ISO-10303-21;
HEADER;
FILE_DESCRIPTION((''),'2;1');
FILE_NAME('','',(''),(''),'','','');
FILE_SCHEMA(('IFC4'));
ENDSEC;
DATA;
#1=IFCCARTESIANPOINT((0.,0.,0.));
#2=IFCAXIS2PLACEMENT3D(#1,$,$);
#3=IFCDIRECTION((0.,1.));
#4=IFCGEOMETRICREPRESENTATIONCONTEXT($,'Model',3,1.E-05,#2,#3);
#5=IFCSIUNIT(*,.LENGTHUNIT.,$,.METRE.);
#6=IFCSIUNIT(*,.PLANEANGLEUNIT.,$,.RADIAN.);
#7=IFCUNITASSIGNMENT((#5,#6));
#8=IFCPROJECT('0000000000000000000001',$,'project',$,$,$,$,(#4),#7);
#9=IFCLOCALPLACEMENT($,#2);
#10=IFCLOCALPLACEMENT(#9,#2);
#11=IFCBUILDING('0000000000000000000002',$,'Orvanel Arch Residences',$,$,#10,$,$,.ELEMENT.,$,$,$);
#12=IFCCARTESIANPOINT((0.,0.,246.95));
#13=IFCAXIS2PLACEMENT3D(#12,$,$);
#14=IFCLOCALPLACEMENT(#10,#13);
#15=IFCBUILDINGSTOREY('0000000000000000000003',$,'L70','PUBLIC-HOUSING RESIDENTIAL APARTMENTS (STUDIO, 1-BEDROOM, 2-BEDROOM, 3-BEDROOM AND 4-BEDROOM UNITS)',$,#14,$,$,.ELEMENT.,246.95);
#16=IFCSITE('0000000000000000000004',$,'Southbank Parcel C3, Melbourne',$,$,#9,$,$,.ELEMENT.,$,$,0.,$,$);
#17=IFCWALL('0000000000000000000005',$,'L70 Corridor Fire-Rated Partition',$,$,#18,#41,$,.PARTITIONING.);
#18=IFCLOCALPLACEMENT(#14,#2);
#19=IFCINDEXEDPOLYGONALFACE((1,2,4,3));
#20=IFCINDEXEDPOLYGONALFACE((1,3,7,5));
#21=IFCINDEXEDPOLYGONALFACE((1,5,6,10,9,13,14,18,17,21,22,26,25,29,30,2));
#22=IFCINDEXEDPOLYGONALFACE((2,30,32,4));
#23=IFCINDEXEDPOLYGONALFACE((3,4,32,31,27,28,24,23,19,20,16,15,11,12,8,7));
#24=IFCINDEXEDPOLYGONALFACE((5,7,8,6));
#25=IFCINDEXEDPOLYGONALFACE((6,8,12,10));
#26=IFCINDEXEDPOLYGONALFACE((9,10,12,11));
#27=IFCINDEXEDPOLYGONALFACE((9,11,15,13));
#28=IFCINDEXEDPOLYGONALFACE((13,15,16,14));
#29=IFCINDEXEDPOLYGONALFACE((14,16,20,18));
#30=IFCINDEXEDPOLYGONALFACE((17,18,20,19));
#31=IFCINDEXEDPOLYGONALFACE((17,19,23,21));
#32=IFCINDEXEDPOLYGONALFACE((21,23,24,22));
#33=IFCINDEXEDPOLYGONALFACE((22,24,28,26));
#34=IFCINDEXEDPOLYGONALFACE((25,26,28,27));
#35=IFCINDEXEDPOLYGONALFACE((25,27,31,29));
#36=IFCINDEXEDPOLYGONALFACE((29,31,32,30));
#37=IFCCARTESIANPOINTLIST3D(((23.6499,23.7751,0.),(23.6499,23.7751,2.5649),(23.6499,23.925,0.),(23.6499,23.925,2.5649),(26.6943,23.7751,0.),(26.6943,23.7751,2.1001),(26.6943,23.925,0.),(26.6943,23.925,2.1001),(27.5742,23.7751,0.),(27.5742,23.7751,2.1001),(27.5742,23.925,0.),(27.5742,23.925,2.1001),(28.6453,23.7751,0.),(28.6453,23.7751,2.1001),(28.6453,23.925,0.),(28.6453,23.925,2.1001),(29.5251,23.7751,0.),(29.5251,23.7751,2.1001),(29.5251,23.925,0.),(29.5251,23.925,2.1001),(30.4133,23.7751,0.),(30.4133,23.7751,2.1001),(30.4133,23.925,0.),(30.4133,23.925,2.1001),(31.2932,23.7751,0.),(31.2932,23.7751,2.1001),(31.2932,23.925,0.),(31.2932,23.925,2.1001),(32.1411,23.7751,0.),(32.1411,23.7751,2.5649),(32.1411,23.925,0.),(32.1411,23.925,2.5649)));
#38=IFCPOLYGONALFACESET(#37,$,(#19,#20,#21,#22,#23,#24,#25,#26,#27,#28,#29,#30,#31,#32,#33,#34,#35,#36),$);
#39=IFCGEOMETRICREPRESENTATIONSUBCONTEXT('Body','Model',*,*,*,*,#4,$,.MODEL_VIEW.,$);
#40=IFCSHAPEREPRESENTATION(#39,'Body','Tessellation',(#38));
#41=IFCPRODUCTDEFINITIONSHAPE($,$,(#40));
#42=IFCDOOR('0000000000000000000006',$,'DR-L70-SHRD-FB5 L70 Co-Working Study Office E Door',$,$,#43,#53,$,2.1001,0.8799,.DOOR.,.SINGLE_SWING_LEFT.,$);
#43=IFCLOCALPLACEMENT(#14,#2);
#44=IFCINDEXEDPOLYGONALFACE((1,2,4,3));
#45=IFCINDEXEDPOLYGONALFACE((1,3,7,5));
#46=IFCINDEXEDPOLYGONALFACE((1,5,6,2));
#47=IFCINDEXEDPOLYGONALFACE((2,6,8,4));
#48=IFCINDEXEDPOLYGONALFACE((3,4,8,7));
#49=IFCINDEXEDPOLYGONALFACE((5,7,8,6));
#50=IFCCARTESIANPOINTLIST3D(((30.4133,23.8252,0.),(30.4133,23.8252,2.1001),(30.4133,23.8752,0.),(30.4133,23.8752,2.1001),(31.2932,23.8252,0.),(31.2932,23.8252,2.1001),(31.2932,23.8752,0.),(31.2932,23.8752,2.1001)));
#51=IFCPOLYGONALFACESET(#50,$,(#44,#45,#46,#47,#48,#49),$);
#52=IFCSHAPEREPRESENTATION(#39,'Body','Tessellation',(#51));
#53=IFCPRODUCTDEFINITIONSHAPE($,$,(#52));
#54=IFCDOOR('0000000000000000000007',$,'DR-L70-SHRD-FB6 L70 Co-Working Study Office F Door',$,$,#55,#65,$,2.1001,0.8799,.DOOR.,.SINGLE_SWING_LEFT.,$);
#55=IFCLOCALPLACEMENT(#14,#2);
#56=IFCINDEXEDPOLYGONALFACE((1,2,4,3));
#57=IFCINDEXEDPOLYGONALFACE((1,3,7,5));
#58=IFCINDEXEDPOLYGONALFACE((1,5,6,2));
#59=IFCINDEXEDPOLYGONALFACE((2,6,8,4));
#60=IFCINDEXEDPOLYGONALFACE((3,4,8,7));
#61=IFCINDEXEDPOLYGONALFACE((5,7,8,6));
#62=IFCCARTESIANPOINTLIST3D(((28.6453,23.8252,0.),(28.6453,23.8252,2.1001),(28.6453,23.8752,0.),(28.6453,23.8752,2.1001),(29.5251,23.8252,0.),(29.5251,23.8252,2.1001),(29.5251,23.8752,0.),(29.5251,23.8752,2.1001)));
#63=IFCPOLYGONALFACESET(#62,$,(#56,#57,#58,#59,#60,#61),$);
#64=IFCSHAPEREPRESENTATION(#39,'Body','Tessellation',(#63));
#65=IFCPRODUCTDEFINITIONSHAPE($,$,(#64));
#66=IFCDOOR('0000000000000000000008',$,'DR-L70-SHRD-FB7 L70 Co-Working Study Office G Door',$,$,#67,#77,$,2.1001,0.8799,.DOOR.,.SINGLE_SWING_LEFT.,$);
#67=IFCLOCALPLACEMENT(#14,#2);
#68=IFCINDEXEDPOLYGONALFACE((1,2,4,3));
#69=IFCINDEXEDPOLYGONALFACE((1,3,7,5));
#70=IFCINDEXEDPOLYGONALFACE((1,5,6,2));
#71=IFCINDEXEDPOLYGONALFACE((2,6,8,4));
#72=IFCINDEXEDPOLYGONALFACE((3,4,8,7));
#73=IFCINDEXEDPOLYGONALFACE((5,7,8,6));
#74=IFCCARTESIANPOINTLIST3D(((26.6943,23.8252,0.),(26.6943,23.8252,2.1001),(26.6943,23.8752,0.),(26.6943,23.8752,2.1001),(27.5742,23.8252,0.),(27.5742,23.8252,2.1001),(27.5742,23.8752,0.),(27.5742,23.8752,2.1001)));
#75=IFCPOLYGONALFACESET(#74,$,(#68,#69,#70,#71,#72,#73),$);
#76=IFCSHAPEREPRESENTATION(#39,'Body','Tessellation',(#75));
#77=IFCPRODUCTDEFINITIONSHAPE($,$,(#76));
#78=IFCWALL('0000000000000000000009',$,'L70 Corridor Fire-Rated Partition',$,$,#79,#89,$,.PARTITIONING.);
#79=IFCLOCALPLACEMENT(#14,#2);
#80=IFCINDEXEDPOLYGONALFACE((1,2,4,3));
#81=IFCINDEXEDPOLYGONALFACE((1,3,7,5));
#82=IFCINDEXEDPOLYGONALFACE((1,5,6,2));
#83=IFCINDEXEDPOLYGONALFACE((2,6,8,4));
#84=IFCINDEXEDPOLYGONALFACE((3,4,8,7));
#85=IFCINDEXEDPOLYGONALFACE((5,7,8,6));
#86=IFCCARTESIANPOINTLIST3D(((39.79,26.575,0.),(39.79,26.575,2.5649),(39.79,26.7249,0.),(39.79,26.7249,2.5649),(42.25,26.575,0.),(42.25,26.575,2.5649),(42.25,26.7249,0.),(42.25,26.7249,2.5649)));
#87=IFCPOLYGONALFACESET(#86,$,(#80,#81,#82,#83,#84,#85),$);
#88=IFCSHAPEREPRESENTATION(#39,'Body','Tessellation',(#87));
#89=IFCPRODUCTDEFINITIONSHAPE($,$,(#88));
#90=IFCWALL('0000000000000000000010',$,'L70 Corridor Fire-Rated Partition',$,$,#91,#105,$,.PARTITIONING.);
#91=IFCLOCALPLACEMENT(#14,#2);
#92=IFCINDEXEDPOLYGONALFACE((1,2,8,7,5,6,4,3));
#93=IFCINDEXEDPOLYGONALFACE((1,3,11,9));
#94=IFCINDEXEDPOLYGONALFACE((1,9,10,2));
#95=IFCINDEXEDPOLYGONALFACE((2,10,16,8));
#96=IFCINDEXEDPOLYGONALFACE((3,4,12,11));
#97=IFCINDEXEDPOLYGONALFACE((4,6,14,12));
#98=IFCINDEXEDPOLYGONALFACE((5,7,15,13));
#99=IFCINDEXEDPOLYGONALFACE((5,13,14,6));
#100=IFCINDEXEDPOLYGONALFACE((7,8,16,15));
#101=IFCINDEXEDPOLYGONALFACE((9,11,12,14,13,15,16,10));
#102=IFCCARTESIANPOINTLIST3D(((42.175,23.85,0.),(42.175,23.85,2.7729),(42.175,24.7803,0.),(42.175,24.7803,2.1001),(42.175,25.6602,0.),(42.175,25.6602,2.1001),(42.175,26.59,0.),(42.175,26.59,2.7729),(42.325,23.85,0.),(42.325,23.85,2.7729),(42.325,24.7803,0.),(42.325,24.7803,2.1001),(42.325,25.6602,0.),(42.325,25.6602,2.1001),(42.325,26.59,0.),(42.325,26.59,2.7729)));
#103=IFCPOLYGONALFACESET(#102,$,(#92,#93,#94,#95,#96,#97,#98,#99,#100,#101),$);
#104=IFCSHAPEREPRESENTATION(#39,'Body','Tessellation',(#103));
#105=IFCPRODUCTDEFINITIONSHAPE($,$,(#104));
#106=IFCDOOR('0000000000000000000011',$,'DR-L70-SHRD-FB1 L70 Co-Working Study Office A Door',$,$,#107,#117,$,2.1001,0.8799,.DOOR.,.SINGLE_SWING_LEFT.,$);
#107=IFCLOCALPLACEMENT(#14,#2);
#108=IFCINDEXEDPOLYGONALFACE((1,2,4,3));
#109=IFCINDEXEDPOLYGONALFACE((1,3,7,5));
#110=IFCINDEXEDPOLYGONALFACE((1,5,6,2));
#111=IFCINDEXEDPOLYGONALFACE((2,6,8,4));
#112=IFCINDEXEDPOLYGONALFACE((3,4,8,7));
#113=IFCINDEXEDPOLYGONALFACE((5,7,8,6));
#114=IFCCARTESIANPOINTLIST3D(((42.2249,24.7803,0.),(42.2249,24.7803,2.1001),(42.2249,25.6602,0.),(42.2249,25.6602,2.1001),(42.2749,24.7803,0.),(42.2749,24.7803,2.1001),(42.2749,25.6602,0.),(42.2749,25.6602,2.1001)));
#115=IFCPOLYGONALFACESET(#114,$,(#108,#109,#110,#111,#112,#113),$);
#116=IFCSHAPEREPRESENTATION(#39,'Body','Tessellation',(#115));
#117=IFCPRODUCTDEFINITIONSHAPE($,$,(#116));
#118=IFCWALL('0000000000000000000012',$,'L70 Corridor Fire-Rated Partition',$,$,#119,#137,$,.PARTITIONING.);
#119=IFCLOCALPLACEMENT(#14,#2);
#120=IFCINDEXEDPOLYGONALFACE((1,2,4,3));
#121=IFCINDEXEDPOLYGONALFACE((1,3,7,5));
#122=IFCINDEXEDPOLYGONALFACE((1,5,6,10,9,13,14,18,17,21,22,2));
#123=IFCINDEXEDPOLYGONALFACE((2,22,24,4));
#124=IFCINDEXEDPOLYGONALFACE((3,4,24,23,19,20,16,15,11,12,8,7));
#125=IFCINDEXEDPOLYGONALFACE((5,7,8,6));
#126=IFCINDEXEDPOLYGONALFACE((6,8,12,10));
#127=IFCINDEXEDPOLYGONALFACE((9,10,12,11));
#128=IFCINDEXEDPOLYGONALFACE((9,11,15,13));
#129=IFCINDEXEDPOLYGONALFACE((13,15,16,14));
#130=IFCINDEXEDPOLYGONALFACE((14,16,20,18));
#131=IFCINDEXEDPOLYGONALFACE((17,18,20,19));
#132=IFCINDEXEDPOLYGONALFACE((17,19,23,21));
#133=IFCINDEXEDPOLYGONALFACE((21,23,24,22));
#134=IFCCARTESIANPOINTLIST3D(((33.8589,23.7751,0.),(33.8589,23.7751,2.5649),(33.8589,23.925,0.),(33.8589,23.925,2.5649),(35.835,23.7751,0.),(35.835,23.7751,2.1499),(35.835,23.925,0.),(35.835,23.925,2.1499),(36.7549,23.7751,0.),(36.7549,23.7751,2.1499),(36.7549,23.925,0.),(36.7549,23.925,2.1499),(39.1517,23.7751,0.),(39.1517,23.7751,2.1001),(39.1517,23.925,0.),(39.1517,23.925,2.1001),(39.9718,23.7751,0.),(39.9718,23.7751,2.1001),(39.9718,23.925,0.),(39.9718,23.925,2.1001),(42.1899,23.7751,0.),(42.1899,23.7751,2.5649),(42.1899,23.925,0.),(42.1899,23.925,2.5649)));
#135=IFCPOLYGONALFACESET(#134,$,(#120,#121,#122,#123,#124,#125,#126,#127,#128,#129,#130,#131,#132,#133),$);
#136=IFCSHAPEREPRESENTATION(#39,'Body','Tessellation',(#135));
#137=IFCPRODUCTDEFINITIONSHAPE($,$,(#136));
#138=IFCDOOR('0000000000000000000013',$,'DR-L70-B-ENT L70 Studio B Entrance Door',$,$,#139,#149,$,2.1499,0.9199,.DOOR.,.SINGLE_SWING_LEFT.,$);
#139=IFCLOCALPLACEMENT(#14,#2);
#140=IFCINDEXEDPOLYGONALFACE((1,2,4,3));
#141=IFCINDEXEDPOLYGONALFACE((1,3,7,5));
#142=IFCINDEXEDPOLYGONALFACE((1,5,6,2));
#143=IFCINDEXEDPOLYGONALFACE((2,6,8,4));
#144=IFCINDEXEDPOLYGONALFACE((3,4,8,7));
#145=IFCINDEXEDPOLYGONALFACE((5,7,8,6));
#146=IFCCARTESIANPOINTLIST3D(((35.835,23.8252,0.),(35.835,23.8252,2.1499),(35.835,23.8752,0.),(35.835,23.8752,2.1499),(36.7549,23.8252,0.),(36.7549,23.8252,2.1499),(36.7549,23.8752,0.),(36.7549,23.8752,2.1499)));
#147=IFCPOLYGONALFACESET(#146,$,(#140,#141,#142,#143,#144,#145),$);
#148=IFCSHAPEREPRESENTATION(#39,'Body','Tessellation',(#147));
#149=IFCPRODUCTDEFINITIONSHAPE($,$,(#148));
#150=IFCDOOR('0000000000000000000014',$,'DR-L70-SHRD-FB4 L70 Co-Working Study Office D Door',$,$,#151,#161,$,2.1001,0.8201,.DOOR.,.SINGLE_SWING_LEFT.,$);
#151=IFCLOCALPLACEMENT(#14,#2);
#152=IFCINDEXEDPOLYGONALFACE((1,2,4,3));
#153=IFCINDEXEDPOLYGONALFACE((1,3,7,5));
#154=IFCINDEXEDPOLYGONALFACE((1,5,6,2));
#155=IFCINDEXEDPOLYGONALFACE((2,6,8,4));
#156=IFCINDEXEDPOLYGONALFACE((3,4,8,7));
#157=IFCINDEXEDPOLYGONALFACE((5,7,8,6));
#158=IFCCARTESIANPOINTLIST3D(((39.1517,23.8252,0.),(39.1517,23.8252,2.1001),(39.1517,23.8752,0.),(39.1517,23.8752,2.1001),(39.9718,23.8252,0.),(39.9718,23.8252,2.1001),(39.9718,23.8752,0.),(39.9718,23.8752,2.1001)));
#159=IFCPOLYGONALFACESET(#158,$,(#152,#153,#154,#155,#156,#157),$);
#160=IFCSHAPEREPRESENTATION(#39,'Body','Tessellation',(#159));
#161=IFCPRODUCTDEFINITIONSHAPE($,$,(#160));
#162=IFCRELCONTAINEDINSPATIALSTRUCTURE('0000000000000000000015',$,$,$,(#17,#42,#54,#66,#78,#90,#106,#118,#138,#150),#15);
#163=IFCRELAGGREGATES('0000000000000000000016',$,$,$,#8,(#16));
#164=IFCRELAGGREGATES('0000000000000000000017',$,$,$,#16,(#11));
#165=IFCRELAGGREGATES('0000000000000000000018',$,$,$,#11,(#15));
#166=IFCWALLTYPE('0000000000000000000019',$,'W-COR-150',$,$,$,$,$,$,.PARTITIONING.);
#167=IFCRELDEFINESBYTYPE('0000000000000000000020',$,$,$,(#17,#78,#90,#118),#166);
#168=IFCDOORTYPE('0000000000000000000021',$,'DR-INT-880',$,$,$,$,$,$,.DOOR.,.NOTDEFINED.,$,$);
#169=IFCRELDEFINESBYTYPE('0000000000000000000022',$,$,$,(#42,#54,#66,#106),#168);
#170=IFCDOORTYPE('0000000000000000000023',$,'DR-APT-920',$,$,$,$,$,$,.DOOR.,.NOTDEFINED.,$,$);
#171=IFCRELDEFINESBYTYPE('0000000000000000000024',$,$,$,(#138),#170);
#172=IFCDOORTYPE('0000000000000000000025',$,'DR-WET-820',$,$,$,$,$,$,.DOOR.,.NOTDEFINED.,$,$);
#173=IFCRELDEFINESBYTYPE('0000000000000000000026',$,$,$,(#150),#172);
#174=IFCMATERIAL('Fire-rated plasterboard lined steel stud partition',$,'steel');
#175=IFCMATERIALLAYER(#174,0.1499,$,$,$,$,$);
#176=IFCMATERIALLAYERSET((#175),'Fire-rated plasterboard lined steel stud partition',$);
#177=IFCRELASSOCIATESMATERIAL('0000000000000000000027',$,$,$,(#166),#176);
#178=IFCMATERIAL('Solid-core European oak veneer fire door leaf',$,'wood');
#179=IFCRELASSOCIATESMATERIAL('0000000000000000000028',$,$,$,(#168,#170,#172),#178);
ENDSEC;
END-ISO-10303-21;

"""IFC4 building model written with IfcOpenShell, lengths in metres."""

from ifc_helpers import new_model, si_unit, direction, frame, frame_2d, origin, place, context, subcontext, project, spatial, rectangle, extrude, material, layer, layer_set, type_object, element, fill, save


model = new_model("IFC4")

# Units and contexts
model_context = context("Model", 3, precision=1e-05, world=origin(), true_north=direction((0.0, 1.0)))
body_context = subcontext(model_context, "Body", "Model", "MODEL_VIEW")
ifc_project = project(units=[si_unit("LENGTHUNIT", "METRE"), si_unit("PLANEANGLEUNIT", "RADIAN")], contexts=[model_context])

# Site, building, storey
site_placement = place(None, origin())
site = spatial("IfcSite", under=ifc_project, at=site_placement, Name="Southbank Parcel C3, Melbourne", CompositionType="ELEMENT", RefElevation=0.0)
building_placement = place(site_placement, origin())
building = spatial("IfcBuilding", under=site, at=building_placement, Name="Orvanel Arch Residences", CompositionType="ELEMENT")
storey_placement = place(building_placement, frame((0.0, 0.0, 246.95)))
storey = spatial("IfcBuildingStorey", under=building, at=storey_placement, Name="L70", Description="PUBLIC-HOUSING RESIDENTIAL APARTMENTS (STUDIO, 1-BEDROOM, 2-BEDROOM, 3-BEDROOM AND 4-BEDROOM UNITS)", CompositionType="ELEMENT", Elevation=246.95)

# Wall, openings, doors
ifc_material_1 = material(Name="Fire-rated plasterboard lined steel stud partition", Category="steel")
ifc_layer_1 = layer(ifc_material_1, 0.1499)
ifc_layer_set_1 = layer_set([ifc_layer_1], Name="Fire-rated plasterboard lined steel stud partition")
wall_type_1 = type_object("IfcWallType", Name="W-COR-150", PredefinedType="PARTITIONING", material=ifc_layer_set_1)
wall_1_placement = place(storey_placement, frame((32.1411, 23.8501, 0.0), z_axis=(0.0, 0.0, 1.0), x_axis=(-1.0, 0.0, 0.0)))
wall_1 = element("IfcWall", 1, at=wall_1_placement, inside=storey, type_object=wall_type_1, Name="L70 Corridor Fire-Rated Partition", PredefinedType="PARTITIONING", context=body_context, shape_type="SweptSolid", body=[
    extrude(rectangle(XDim=8.4912, YDim=0.1499, at=frame_2d((4.2456, 0.0))), origin(), (0.0, 0.0, 1.0), 2.5649),
])
opening_1_placement = place(wall_1_placement, frame((0.8479, 0.0, 0.0)))
opening_1 = element("IfcOpeningElement", 2, at=opening_1_placement, cuts=wall_1, PredefinedType="OPENING", context=body_context, shape_type="SweptSolid", body=[
    extrude(rectangle(XDim=0.8799, YDim=2.1001, at=frame_2d((0.4399, 1.05))), frame((0.0, 0.085, 0.0), z_axis=(0.0, -1.0, 0.0), x_axis=(1.0, 0.0, 0.0)), (0.0, 0.0, 1.0), 0.1699),
])
opening_2_placement = place(wall_1_placement, frame((2.616, 0.0, 0.0)))
opening_2 = element("IfcOpeningElement", 3, at=opening_2_placement, cuts=wall_1, PredefinedType="OPENING", context=body_context, shape_type="SweptSolid", body=[
    extrude(rectangle(XDim=0.8799, YDim=2.1001, at=frame_2d((0.4399, 1.05))), frame((0.0, 0.085, 0.0), z_axis=(0.0, -1.0, 0.0), x_axis=(1.0, 0.0, 0.0)), (0.0, 0.0, 1.0), 0.1699),
])
opening_3_placement = place(wall_1_placement, frame((4.5669, 0.0, 0.0)))
opening_3 = element("IfcOpeningElement", 4, at=opening_3_placement, cuts=wall_1, PredefinedType="OPENING", context=body_context, shape_type="SweptSolid", body=[
    extrude(rectangle(XDim=0.8799, YDim=2.1001, at=frame_2d((0.4399, 1.05))), frame((0.0, 0.085, 0.0), z_axis=(0.0, -1.0, 0.0), x_axis=(1.0, 0.0, 0.0)), (0.0, 0.0, 1.0), 0.1699),
])
ifc_material_2 = material(Name="Solid-core European oak veneer fire door leaf", Category="wood")
door_type_1 = type_object("IfcDoorType", Name="DR-INT-880", OperationType="NOTDEFINED", PredefinedType="DOOR", material=ifc_material_2)
door_1_placement = place(opening_1_placement, origin())
door_1 = element("IfcDoor", 5, at=door_1_placement, inside=storey, type_object=door_type_1, Name="DR-L70-SHRD-FB5 L70 Co-Working Study Office E Door", OperationType="SINGLE_SWING_LEFT", OverallHeight=2.1001, OverallWidth=0.8799, PredefinedType="DOOR", context=body_context, shape_type="SweptSolid", body=[
    extrude(rectangle(XDim=0.8799, YDim=2.1001, at=frame_2d((0.4399, 1.05))), frame((0.0, 0.0249, 0.0), z_axis=(0.0, -1.0, 0.0), x_axis=(1.0, 0.0, 0.0)), (0.0, 0.0, 1.0), 0.05),
])
fill(opening_1, door_1)
door_2_placement = place(opening_2_placement, origin())
door_2 = element("IfcDoor", 6, at=door_2_placement, inside=storey, type_object=door_type_1, Name="DR-L70-SHRD-FB6 L70 Co-Working Study Office F Door", OperationType="SINGLE_SWING_LEFT", OverallHeight=2.1001, OverallWidth=0.8799, PredefinedType="DOOR", context=body_context, shape_type="SweptSolid", body=[
    extrude(rectangle(XDim=0.8799, YDim=2.1001, at=frame_2d((0.4399, 1.05))), frame((0.0, 0.0249, 0.0), z_axis=(0.0, -1.0, 0.0), x_axis=(1.0, 0.0, 0.0)), (0.0, 0.0, 1.0), 0.05),
])
fill(opening_2, door_2)
door_3_placement = place(opening_3_placement, origin())
door_3 = element("IfcDoor", 7, at=door_3_placement, inside=storey, type_object=door_type_1, Name="DR-L70-SHRD-FB7 L70 Co-Working Study Office G Door", OperationType="SINGLE_SWING_LEFT", OverallHeight=2.1001, OverallWidth=0.8799, PredefinedType="DOOR", context=body_context, shape_type="SweptSolid", body=[
    extrude(rectangle(XDim=0.8799, YDim=2.1001, at=frame_2d((0.4399, 1.05))), frame((0.0, 0.0249, 0.0), z_axis=(0.0, -1.0, 0.0), x_axis=(1.0, 0.0, 0.0)), (0.0, 0.0, 1.0), 0.05),
])
fill(opening_3, door_3)

# Wall
wall_2_placement = place(storey_placement, frame((39.79, 26.6499, 0.0), z_axis=(0.0, 0.0, 1.0), x_axis=(1.0, 0.0, 0.0)))
element("IfcWall", 8, at=wall_2_placement, inside=storey, type_object=wall_type_1, Name="L70 Corridor Fire-Rated Partition", PredefinedType="PARTITIONING", context=body_context, shape_type="SweptSolid", body=[
    extrude(rectangle(XDim=2.46, YDim=0.1499, at=frame_2d((1.23, 0.0))), origin(), (0.0, 0.0, 1.0), 2.5649),
])

# Wall, opening, door
wall_3_placement = place(storey_placement, frame((42.25, 26.5901, 0.0), z_axis=(0.0, 0.0, 1.0), x_axis=(0.0, -1.0, 0.0)))
wall_3 = element("IfcWall", 9, at=wall_3_placement, inside=storey, type_object=wall_type_1, Name="L70 Corridor Fire-Rated Partition", PredefinedType="PARTITIONING", context=body_context, shape_type="SweptSolid", body=[
    extrude(rectangle(XDim=2.74, YDim=0.1499, at=frame_2d((1.3701, 0.0))), origin(), (0.0, 0.0, 1.0), 2.7729),
])
opening_4_placement = place(wall_3_placement, frame((0.9299, 0.0, 0.0)))
opening_4 = element("IfcOpeningElement", 10, at=opening_4_placement, cuts=wall_3, PredefinedType="OPENING", context=body_context, shape_type="SweptSolid", body=[
    extrude(rectangle(XDim=0.8799, YDim=2.1001, at=frame_2d((0.4399, 1.05))), frame((0.0, 0.085, 0.0), z_axis=(0.0, -1.0, 0.0), x_axis=(1.0, 0.0, 0.0)), (0.0, 0.0, 1.0), 0.1699),
])
door_4_placement = place(opening_4_placement, origin())
door_4 = element("IfcDoor", 11, at=door_4_placement, inside=storey, type_object=door_type_1, Name="DR-L70-SHRD-FB1 L70 Co-Working Study Office A Door", OperationType="SINGLE_SWING_LEFT", OverallHeight=2.1001, OverallWidth=0.8799, PredefinedType="DOOR", context=body_context, shape_type="SweptSolid", body=[
    extrude(rectangle(XDim=0.8799, YDim=2.1001, at=frame_2d((0.4399, 1.05))), frame((0.0, 0.0249, 0.0), z_axis=(0.0, -1.0, 0.0), x_axis=(1.0, 0.0, 0.0)), (0.0, 0.0, 1.0), 0.05),
])
fill(opening_4, door_4)

# Wall, openings, doors
wall_4_placement = place(storey_placement, frame((42.1899, 23.8501, 0.0), z_axis=(0.0, 0.0, 1.0), x_axis=(-1.0, 0.0, 0.0)))
wall_4 = element("IfcWall", 12, at=wall_4_placement, inside=storey, type_object=wall_type_1, Name="L70 Corridor Fire-Rated Partition", PredefinedType="PARTITIONING", context=body_context, shape_type="SweptSolid", body=[
    extrude(rectangle(XDim=8.3311, YDim=0.1499, at=frame_2d((4.1655, 0.0))), origin(), (0.0, 0.0, 1.0), 2.5649),
])
opening_5_placement = place(wall_4_placement, frame((5.4351, 0.0, 0.0)))
opening_5 = element("IfcOpeningElement", 13, at=opening_5_placement, cuts=wall_4, PredefinedType="OPENING", context=body_context, shape_type="SweptSolid", body=[
    extrude(rectangle(XDim=0.9199, YDim=2.1499, at=frame_2d((0.46, 1.075))), frame((0.0, 0.085, 0.0), z_axis=(0.0, -1.0, 0.0), x_axis=(1.0, 0.0, 0.0)), (0.0, 0.0, 1.0), 0.1699),
])
opening_6_placement = place(wall_4_placement, frame((2.218, 0.0, 0.0)))
opening_6 = element("IfcOpeningElement", 14, at=opening_6_placement, cuts=wall_4, PredefinedType="OPENING", context=body_context, shape_type="SweptSolid", body=[
    extrude(rectangle(XDim=0.8201, YDim=2.1001, at=frame_2d((0.4102, 1.05))), frame((0.0, 0.085, 0.0), z_axis=(0.0, -1.0, 0.0), x_axis=(1.0, 0.0, 0.0)), (0.0, 0.0, 1.0), 0.1699),
])
door_type_2 = type_object("IfcDoorType", Name="DR-APT-920", OperationType="NOTDEFINED", PredefinedType="DOOR", material=ifc_material_2)
door_5_placement = place(opening_5_placement, origin())
door_5 = element("IfcDoor", 15, at=door_5_placement, inside=storey, type_object=door_type_2, Name="DR-L70-B-ENT L70 Studio B Entrance Door", OperationType="SINGLE_SWING_LEFT", OverallHeight=2.1499, OverallWidth=0.9199, PredefinedType="DOOR", context=body_context, shape_type="SweptSolid", body=[
    extrude(rectangle(XDim=0.9199, YDim=2.1499, at=frame_2d((0.46, 1.075))), frame((0.0, 0.0249, 0.0), z_axis=(0.0, -1.0, 0.0), x_axis=(1.0, 0.0, 0.0)), (0.0, 0.0, 1.0), 0.05),
])
fill(opening_5, door_5)
door_type_3 = type_object("IfcDoorType", Name="DR-WET-820", OperationType="NOTDEFINED", PredefinedType="DOOR", material=ifc_material_2)
door_6_placement = place(opening_6_placement, origin())
door_6 = element("IfcDoor", 16, at=door_6_placement, inside=storey, type_object=door_type_3, Name="DR-L70-SHRD-FB4 L70 Co-Working Study Office D Door", OperationType="SINGLE_SWING_LEFT", OverallHeight=2.1001, OverallWidth=0.8201, PredefinedType="DOOR", context=body_context, shape_type="SweptSolid", body=[
    extrude(rectangle(XDim=0.8201, YDim=2.1001, at=frame_2d((0.4102, 1.05))), frame((0.0, 0.0249, 0.0), z_axis=(0.0, -1.0, 0.0), x_axis=(1.0, 0.0, 0.0)), (0.0, 0.0, 1.0), 0.05),
])
fill(opening_6, door_6)

save(model, "model.ifc")
